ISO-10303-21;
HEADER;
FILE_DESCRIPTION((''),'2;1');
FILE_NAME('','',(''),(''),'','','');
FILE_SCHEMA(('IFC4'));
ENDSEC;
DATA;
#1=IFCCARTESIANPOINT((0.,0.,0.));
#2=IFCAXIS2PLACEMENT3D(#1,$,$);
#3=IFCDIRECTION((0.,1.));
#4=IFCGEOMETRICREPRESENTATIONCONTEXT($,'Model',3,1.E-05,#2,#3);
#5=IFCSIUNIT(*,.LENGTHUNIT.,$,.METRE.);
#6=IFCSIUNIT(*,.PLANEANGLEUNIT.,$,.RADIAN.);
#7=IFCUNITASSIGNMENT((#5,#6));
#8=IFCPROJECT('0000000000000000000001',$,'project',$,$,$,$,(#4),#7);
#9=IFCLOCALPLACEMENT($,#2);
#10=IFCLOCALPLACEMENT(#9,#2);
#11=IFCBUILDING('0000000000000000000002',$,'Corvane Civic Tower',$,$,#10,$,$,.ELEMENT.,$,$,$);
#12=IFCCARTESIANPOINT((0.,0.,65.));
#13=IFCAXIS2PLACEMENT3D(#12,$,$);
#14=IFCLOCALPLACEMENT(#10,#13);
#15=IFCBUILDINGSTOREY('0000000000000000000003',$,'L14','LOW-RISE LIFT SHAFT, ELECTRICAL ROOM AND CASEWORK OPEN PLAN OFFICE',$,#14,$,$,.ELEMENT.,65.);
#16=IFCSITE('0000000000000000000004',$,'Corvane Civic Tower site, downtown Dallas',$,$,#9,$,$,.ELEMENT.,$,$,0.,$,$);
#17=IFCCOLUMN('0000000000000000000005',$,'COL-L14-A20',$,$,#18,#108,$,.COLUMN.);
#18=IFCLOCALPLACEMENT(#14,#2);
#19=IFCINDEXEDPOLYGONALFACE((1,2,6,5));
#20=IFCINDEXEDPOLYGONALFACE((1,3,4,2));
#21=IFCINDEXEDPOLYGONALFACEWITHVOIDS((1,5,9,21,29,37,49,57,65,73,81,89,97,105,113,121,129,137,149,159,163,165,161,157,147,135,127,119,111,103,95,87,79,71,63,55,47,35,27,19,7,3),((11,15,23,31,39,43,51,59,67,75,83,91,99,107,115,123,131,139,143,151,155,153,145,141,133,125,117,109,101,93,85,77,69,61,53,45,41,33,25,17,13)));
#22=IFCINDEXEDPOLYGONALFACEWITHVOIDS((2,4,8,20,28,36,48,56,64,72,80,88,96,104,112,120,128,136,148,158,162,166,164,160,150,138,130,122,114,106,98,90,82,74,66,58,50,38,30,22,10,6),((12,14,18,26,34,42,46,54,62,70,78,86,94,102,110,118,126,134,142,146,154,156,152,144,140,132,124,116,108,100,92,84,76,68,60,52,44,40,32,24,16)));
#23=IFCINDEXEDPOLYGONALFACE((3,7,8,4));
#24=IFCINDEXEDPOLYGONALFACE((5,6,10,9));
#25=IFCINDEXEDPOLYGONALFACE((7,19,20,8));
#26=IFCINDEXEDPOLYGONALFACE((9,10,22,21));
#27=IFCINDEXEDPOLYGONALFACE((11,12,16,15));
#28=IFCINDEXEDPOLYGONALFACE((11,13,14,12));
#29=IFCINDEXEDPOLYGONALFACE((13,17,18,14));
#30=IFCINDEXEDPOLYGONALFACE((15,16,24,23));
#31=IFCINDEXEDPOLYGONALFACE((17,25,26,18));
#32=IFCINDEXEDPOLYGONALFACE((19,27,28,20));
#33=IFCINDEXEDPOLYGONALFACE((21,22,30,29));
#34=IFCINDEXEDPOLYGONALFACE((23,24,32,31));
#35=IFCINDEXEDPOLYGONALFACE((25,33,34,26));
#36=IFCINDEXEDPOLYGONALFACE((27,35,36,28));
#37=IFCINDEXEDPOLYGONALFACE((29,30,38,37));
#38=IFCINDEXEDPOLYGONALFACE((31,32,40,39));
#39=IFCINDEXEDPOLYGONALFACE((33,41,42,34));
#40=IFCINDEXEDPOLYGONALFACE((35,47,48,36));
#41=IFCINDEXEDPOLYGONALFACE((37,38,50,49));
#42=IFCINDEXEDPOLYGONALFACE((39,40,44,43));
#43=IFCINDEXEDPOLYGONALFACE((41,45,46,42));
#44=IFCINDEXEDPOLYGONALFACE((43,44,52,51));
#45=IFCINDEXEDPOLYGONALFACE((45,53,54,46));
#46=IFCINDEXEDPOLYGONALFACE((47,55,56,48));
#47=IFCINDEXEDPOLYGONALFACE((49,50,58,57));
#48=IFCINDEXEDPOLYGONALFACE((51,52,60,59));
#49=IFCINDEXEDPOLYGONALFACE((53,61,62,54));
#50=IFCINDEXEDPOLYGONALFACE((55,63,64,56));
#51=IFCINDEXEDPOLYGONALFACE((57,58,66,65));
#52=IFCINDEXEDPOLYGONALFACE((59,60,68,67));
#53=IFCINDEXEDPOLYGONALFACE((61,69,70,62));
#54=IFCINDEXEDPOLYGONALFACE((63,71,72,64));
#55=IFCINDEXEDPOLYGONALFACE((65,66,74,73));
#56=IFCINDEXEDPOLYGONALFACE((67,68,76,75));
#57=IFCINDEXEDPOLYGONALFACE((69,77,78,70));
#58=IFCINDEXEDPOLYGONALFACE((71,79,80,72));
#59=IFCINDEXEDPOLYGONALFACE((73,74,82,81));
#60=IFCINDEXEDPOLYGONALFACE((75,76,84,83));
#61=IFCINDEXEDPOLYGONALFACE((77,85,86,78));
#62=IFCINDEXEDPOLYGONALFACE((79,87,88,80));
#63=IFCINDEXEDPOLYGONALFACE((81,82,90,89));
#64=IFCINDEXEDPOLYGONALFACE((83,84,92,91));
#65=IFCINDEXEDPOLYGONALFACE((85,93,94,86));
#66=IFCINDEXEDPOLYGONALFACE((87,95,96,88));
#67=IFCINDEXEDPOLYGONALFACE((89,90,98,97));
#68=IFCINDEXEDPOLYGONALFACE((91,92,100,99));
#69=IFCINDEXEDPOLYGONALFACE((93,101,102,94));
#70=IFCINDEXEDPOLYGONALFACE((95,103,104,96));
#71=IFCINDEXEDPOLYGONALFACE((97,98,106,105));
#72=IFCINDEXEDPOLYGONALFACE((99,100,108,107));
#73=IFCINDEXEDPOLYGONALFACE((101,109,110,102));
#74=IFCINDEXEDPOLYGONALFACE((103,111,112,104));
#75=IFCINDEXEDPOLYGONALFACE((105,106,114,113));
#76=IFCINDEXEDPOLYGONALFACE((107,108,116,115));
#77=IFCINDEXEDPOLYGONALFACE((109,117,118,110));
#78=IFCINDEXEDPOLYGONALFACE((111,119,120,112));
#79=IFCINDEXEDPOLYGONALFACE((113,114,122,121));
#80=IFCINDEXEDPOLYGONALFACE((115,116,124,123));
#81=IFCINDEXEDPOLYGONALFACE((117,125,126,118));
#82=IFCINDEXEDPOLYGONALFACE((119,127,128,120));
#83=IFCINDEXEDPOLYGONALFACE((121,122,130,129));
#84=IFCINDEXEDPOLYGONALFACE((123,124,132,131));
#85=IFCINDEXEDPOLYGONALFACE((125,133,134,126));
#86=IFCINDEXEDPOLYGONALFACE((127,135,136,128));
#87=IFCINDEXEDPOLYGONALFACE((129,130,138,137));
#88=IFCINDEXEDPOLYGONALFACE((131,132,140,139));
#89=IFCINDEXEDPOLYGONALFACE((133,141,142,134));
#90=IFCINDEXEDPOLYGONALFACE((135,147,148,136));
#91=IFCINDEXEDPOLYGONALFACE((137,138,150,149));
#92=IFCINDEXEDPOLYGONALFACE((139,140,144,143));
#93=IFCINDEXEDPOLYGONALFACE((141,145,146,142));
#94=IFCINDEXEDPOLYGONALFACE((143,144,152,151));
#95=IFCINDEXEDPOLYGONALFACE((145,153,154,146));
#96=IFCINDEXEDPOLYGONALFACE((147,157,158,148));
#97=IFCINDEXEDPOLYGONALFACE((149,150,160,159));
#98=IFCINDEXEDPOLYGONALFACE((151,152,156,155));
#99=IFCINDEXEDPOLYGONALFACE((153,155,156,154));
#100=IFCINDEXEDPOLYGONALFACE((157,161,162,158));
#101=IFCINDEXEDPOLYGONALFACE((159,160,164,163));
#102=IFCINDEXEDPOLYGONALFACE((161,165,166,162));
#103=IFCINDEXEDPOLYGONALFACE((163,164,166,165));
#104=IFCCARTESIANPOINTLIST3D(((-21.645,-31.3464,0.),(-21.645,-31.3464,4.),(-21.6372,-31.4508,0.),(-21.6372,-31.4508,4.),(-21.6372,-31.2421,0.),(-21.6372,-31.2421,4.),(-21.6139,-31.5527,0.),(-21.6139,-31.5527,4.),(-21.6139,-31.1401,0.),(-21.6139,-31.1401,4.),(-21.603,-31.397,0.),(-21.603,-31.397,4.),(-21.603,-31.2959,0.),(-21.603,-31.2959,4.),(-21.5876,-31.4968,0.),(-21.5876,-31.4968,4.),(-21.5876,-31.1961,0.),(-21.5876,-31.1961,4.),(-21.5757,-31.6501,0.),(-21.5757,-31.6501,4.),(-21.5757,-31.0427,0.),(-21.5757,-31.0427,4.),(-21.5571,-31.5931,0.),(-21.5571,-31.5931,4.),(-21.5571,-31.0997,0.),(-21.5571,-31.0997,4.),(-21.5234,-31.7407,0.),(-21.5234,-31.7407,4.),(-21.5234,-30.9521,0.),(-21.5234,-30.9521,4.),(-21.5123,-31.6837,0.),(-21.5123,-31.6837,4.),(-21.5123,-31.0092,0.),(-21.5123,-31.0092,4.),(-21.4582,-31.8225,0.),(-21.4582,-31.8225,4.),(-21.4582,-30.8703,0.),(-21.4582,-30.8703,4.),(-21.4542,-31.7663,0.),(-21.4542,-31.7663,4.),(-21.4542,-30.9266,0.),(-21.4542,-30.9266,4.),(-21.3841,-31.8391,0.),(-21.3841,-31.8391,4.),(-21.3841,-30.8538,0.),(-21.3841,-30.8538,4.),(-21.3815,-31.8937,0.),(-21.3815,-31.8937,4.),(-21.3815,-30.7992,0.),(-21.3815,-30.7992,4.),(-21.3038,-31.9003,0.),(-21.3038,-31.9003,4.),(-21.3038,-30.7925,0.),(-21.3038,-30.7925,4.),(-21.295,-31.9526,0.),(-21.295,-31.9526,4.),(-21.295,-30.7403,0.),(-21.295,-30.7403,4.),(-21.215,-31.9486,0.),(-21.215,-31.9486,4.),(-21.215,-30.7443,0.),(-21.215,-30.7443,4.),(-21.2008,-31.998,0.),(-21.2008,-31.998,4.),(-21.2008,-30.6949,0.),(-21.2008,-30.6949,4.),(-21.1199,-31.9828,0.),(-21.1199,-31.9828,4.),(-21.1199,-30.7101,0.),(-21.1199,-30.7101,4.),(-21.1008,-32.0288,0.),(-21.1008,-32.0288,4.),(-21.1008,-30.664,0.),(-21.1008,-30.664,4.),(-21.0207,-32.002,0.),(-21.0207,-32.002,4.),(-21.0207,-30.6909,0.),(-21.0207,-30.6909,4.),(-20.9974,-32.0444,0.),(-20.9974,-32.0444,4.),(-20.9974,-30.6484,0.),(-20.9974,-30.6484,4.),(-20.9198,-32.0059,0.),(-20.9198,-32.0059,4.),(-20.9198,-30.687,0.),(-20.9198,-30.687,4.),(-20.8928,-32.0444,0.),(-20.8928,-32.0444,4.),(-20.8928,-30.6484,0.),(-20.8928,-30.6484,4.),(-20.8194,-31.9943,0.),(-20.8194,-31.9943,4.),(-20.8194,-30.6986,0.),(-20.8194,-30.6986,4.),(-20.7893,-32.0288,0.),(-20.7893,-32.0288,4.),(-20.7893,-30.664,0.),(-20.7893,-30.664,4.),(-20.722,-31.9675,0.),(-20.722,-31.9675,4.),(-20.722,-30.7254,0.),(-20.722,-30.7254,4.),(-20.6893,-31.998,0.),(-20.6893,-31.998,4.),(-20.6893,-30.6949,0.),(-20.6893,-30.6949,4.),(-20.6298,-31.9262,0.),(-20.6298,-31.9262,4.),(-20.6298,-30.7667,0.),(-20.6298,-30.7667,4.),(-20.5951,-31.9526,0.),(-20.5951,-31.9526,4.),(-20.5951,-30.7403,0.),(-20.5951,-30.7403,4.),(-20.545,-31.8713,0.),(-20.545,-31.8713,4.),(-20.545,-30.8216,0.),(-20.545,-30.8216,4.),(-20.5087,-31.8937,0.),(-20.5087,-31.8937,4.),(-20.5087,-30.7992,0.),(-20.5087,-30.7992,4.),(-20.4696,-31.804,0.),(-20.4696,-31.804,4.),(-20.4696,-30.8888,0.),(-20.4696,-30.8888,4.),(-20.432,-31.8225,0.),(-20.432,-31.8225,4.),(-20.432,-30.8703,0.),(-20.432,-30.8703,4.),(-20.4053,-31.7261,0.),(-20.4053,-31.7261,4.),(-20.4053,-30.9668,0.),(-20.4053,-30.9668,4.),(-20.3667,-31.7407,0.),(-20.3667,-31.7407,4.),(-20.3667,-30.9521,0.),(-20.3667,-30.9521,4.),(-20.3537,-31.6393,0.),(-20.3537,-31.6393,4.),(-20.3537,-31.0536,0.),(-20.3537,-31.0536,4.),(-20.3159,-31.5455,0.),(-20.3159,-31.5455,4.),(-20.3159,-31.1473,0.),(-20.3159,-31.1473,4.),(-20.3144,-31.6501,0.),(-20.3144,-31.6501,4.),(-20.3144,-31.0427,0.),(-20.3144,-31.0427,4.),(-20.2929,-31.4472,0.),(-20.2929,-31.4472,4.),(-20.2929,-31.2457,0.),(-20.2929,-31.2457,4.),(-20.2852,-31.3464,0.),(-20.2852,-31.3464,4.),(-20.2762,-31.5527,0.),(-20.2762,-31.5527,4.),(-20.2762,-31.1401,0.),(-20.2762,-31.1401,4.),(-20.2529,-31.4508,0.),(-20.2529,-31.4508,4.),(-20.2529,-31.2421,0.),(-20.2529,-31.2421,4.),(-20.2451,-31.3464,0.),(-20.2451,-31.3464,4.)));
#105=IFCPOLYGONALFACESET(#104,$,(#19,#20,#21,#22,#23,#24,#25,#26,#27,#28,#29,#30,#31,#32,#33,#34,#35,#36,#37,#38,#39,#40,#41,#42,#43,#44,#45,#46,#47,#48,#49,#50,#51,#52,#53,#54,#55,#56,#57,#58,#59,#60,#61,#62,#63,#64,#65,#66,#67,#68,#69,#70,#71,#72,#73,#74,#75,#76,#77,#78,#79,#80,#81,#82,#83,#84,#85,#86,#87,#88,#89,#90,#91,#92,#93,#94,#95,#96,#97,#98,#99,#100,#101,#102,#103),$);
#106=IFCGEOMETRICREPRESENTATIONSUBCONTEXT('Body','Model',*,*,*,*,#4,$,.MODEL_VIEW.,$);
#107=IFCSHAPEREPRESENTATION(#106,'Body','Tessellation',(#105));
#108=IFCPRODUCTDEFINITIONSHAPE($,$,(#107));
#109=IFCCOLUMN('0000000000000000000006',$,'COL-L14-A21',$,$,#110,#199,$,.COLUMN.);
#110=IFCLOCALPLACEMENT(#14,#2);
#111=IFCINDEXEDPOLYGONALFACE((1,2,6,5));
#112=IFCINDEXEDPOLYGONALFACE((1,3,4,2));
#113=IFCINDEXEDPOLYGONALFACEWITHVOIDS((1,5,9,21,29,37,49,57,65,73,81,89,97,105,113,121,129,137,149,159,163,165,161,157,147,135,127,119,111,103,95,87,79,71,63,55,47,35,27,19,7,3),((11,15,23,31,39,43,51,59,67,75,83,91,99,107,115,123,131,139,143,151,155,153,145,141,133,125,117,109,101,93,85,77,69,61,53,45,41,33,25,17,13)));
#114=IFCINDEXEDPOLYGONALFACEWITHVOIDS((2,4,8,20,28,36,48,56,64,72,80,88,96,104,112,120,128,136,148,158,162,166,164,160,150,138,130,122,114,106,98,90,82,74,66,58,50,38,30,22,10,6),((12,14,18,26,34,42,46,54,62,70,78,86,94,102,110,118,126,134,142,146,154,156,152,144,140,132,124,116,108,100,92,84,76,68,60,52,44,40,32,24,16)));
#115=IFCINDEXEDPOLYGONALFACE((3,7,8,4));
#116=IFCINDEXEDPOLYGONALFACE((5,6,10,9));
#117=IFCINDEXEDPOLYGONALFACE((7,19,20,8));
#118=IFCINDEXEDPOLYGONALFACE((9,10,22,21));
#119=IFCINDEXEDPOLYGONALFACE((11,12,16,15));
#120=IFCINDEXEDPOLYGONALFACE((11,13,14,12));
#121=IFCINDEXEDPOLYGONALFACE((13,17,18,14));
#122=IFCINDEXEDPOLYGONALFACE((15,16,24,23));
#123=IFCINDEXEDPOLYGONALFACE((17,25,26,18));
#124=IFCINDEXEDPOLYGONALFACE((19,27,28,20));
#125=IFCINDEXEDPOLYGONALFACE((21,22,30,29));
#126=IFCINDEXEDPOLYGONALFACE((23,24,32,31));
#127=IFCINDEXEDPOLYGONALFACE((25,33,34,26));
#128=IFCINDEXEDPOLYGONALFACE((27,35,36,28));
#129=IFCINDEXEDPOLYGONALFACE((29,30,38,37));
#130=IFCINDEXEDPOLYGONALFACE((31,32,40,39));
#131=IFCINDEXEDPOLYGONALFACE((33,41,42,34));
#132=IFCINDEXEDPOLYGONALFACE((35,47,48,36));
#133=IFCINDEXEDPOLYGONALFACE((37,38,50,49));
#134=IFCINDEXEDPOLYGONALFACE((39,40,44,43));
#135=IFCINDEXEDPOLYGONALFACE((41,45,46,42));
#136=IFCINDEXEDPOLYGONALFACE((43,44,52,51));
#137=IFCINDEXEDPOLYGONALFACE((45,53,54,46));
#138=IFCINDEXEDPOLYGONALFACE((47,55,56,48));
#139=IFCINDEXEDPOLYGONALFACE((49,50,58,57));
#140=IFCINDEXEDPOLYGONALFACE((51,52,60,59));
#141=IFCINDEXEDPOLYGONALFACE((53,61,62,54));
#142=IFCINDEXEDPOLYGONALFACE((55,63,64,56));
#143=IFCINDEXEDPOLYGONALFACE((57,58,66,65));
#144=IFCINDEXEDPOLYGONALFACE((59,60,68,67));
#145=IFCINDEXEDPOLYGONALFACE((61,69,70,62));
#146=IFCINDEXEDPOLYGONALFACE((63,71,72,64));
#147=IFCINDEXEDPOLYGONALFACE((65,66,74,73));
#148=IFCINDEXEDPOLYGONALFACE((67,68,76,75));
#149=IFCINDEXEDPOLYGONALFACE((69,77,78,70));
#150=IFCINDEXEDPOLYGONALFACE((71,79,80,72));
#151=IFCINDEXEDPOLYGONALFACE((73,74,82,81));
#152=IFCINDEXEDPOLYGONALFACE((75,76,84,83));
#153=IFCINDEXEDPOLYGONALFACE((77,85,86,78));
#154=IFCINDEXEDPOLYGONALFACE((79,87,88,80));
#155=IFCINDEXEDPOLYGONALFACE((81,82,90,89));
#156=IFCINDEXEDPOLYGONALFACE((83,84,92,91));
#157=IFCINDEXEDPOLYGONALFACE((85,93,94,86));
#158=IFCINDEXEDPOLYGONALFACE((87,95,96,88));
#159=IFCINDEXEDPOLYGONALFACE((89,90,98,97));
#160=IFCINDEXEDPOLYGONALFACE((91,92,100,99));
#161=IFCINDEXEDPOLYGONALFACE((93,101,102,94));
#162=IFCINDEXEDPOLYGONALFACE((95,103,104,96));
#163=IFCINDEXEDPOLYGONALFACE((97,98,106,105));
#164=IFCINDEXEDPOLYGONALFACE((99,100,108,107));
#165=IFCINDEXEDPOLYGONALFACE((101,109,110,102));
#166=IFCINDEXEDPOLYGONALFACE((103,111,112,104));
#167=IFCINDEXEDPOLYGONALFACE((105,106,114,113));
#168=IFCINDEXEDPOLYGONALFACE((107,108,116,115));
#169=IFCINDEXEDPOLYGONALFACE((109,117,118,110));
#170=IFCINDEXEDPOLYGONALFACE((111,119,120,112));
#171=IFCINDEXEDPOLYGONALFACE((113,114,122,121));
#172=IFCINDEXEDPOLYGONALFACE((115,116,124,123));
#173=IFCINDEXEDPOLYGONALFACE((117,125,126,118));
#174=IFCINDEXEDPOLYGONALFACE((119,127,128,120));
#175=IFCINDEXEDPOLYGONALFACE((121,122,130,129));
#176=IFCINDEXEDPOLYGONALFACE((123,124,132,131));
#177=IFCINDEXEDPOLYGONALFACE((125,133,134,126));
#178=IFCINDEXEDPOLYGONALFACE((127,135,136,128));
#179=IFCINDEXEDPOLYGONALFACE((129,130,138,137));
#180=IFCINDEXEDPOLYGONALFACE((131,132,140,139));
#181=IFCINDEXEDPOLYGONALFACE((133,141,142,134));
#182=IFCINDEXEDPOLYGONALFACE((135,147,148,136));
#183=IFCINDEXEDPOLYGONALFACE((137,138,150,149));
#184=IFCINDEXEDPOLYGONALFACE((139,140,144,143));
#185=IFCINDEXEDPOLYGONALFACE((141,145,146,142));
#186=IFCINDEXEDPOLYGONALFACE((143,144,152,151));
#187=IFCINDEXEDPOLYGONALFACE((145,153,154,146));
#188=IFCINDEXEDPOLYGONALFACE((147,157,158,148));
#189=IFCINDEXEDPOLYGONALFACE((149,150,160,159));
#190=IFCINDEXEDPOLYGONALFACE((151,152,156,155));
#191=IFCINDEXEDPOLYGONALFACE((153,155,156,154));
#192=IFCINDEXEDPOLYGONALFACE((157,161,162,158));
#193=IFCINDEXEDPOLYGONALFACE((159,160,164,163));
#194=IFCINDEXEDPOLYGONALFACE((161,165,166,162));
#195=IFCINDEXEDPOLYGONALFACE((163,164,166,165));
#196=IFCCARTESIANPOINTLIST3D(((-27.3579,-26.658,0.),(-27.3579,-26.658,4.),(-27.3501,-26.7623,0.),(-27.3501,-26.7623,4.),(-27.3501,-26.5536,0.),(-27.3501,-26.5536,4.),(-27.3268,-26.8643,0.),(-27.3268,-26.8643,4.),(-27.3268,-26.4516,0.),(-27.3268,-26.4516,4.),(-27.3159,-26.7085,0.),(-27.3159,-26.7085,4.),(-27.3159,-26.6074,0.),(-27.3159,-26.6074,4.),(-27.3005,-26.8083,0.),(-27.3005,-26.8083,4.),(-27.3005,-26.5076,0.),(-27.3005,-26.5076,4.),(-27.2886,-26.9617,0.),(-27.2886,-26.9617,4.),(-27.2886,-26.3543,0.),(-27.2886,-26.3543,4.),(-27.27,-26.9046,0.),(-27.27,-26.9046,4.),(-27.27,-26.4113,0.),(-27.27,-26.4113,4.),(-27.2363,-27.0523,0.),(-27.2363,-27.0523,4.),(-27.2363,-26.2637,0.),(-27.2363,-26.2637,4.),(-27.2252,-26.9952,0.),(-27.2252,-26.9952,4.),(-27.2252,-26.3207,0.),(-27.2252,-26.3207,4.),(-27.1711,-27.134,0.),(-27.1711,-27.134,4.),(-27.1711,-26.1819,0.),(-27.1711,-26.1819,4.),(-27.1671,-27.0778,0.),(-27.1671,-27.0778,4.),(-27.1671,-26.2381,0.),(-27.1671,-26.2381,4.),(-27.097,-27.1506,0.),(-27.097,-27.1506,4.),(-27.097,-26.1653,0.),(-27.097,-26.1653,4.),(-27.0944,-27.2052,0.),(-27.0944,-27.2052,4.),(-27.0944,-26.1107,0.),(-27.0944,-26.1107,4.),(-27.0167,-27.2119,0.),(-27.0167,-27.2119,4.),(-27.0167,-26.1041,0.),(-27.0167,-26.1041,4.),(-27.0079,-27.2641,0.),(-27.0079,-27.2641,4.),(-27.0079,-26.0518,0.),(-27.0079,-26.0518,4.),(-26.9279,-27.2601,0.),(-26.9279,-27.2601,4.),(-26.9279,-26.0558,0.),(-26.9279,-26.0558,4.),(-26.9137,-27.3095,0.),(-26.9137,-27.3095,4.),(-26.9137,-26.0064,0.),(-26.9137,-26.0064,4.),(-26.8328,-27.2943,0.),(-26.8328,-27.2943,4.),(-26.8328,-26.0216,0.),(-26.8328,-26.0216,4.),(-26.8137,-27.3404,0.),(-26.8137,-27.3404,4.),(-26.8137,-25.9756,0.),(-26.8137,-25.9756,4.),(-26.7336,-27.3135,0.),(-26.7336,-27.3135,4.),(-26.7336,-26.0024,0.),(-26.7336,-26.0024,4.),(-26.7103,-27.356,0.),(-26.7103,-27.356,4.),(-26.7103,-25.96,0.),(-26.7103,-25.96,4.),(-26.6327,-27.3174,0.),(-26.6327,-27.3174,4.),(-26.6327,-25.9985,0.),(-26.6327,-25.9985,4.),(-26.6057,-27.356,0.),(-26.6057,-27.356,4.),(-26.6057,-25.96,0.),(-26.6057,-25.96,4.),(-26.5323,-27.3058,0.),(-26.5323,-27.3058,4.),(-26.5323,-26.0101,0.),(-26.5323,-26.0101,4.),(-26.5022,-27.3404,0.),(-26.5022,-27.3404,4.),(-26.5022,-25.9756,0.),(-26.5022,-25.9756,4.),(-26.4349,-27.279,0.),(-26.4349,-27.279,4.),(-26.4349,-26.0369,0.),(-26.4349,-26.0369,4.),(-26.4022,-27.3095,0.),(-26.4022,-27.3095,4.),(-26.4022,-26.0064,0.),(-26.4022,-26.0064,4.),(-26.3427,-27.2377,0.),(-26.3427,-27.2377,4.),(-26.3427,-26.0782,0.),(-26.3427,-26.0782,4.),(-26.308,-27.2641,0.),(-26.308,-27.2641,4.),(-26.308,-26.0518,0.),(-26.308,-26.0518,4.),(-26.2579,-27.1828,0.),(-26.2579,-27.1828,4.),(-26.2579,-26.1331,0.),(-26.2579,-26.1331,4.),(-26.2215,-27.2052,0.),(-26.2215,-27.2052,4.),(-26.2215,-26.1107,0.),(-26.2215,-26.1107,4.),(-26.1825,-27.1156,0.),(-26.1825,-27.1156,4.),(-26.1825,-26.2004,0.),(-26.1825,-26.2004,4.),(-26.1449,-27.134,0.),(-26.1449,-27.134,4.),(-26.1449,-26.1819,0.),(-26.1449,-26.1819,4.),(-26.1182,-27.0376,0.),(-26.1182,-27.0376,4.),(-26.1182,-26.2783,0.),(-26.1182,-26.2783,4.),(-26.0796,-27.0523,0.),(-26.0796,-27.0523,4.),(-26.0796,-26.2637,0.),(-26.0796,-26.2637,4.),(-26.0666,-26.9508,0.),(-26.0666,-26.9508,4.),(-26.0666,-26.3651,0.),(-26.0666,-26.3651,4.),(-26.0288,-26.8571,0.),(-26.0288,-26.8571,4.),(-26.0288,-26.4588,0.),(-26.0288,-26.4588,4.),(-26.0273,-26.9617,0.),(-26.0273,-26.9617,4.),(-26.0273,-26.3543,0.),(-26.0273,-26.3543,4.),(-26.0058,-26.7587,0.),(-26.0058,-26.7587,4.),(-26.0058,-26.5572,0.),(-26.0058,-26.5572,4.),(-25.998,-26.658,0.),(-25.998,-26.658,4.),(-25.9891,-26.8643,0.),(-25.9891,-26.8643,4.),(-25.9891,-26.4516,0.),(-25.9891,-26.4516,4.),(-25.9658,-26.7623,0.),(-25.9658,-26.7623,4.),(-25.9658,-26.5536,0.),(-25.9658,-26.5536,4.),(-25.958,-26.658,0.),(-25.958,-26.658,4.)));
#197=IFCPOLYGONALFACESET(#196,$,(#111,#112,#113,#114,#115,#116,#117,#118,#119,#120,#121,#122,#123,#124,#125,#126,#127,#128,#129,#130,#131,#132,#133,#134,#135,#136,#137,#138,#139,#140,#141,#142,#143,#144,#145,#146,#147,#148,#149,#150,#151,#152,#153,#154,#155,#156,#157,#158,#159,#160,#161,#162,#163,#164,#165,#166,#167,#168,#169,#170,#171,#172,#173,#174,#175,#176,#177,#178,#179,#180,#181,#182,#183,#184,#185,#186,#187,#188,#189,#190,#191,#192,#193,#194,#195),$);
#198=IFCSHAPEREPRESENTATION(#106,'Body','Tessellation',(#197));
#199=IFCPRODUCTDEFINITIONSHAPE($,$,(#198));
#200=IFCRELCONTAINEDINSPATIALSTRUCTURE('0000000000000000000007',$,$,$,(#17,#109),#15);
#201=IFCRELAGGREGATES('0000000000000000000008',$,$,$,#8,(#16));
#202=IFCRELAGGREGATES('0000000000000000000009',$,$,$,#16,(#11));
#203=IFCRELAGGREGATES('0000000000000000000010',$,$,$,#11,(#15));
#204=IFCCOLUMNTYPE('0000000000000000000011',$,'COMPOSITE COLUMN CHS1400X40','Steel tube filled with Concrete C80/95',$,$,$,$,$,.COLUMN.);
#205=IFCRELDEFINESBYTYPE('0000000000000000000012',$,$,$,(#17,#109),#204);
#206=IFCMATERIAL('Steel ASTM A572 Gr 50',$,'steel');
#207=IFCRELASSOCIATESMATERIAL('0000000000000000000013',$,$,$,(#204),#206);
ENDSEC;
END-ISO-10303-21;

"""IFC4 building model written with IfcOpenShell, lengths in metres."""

from ifc_helpers import new_model, si_unit, direction, frame, origin, origin_2d, place, context, subcontext, project, spatial, hollow_circle, extrude, material, material_profile, profile_set, type_object, element, save


model = new_model("IFC4")

# Units and contexts
model_context = context("Model", 3, precision=1e-05, world=origin(), true_north=direction((0.0, 1.0)))
body_context = subcontext(model_context, "Body", "Model", "MODEL_VIEW")
ifc_project = project(units=[si_unit("LENGTHUNIT", "METRE"), si_unit("PLANEANGLEUNIT", "RADIAN")], contexts=[model_context])

# Site, building, storey
site_placement = place(None, origin())
site = spatial("IfcSite", under=ifc_project, at=site_placement, Name="Corvane Civic Tower site, downtown Dallas", CompositionType="ELEMENT", RefElevation=0.0)
building_placement = place(site_placement, origin())
building = spatial("IfcBuilding", under=site, at=building_placement, Name="Corvane Civic Tower", CompositionType="ELEMENT")
storey_placement = place(building_placement, frame((0.0, 0.0, 65.0)))
storey = spatial("IfcBuildingStorey", under=building, at=storey_placement, Name="L14", Description="LOW-RISE LIFT SHAFT, ELECTRICAL ROOM AND CASEWORK OPEN PLAN OFFICE", CompositionType="ELEMENT", Elevation=65.0)

# Columns
ifc_material_1 = material(Name="Steel ASTM A572 Gr 50", Category="steel")
ifc_material_profile_1 = material_profile(ifc_material_1, hollow_circle(Radius=0.7, WallThickness=0.04, at=origin_2d()), Name="CHS1400X40")
ifc_profile_set_1 = profile_set([ifc_material_profile_1], Name="Steel ASTM A572 Gr 50")
column_type = type_object("IfcColumnType", Name="COMPOSITE COLUMN CHS1400X40", Description="Steel tube filled with Concrete C80/95", PredefinedType="COLUMN", material=ifc_profile_set_1)
for number, where, z_axis, x_axis, name in (
    (1, (-20.9451, -31.3464, 0.0), (0.0, 0.0, 1.0), (1.0, 0.0, 0.0), "COL-L14-A20"),
    (2, (-26.658, -26.658, 0.0), (0.0, 0.0, 1.0), (1.0, 0.0, 0.0), "COL-L14-A21"),
):
    element("IfcColumn", number, at=place(storey_placement, frame(where, z_axis=z_axis, x_axis=x_axis)), inside=storey, type_object=column_type, Name=name, PredefinedType="COLUMN", context=body_context, shape_type="SweptSolid", body=[
        extrude(hollow_circle(Radius=0.7, WallThickness=0.04, at=origin_2d()), origin(), (0.0, 0.0, 1.0), 4.0),
    ])

save(model, "model.ifc")
